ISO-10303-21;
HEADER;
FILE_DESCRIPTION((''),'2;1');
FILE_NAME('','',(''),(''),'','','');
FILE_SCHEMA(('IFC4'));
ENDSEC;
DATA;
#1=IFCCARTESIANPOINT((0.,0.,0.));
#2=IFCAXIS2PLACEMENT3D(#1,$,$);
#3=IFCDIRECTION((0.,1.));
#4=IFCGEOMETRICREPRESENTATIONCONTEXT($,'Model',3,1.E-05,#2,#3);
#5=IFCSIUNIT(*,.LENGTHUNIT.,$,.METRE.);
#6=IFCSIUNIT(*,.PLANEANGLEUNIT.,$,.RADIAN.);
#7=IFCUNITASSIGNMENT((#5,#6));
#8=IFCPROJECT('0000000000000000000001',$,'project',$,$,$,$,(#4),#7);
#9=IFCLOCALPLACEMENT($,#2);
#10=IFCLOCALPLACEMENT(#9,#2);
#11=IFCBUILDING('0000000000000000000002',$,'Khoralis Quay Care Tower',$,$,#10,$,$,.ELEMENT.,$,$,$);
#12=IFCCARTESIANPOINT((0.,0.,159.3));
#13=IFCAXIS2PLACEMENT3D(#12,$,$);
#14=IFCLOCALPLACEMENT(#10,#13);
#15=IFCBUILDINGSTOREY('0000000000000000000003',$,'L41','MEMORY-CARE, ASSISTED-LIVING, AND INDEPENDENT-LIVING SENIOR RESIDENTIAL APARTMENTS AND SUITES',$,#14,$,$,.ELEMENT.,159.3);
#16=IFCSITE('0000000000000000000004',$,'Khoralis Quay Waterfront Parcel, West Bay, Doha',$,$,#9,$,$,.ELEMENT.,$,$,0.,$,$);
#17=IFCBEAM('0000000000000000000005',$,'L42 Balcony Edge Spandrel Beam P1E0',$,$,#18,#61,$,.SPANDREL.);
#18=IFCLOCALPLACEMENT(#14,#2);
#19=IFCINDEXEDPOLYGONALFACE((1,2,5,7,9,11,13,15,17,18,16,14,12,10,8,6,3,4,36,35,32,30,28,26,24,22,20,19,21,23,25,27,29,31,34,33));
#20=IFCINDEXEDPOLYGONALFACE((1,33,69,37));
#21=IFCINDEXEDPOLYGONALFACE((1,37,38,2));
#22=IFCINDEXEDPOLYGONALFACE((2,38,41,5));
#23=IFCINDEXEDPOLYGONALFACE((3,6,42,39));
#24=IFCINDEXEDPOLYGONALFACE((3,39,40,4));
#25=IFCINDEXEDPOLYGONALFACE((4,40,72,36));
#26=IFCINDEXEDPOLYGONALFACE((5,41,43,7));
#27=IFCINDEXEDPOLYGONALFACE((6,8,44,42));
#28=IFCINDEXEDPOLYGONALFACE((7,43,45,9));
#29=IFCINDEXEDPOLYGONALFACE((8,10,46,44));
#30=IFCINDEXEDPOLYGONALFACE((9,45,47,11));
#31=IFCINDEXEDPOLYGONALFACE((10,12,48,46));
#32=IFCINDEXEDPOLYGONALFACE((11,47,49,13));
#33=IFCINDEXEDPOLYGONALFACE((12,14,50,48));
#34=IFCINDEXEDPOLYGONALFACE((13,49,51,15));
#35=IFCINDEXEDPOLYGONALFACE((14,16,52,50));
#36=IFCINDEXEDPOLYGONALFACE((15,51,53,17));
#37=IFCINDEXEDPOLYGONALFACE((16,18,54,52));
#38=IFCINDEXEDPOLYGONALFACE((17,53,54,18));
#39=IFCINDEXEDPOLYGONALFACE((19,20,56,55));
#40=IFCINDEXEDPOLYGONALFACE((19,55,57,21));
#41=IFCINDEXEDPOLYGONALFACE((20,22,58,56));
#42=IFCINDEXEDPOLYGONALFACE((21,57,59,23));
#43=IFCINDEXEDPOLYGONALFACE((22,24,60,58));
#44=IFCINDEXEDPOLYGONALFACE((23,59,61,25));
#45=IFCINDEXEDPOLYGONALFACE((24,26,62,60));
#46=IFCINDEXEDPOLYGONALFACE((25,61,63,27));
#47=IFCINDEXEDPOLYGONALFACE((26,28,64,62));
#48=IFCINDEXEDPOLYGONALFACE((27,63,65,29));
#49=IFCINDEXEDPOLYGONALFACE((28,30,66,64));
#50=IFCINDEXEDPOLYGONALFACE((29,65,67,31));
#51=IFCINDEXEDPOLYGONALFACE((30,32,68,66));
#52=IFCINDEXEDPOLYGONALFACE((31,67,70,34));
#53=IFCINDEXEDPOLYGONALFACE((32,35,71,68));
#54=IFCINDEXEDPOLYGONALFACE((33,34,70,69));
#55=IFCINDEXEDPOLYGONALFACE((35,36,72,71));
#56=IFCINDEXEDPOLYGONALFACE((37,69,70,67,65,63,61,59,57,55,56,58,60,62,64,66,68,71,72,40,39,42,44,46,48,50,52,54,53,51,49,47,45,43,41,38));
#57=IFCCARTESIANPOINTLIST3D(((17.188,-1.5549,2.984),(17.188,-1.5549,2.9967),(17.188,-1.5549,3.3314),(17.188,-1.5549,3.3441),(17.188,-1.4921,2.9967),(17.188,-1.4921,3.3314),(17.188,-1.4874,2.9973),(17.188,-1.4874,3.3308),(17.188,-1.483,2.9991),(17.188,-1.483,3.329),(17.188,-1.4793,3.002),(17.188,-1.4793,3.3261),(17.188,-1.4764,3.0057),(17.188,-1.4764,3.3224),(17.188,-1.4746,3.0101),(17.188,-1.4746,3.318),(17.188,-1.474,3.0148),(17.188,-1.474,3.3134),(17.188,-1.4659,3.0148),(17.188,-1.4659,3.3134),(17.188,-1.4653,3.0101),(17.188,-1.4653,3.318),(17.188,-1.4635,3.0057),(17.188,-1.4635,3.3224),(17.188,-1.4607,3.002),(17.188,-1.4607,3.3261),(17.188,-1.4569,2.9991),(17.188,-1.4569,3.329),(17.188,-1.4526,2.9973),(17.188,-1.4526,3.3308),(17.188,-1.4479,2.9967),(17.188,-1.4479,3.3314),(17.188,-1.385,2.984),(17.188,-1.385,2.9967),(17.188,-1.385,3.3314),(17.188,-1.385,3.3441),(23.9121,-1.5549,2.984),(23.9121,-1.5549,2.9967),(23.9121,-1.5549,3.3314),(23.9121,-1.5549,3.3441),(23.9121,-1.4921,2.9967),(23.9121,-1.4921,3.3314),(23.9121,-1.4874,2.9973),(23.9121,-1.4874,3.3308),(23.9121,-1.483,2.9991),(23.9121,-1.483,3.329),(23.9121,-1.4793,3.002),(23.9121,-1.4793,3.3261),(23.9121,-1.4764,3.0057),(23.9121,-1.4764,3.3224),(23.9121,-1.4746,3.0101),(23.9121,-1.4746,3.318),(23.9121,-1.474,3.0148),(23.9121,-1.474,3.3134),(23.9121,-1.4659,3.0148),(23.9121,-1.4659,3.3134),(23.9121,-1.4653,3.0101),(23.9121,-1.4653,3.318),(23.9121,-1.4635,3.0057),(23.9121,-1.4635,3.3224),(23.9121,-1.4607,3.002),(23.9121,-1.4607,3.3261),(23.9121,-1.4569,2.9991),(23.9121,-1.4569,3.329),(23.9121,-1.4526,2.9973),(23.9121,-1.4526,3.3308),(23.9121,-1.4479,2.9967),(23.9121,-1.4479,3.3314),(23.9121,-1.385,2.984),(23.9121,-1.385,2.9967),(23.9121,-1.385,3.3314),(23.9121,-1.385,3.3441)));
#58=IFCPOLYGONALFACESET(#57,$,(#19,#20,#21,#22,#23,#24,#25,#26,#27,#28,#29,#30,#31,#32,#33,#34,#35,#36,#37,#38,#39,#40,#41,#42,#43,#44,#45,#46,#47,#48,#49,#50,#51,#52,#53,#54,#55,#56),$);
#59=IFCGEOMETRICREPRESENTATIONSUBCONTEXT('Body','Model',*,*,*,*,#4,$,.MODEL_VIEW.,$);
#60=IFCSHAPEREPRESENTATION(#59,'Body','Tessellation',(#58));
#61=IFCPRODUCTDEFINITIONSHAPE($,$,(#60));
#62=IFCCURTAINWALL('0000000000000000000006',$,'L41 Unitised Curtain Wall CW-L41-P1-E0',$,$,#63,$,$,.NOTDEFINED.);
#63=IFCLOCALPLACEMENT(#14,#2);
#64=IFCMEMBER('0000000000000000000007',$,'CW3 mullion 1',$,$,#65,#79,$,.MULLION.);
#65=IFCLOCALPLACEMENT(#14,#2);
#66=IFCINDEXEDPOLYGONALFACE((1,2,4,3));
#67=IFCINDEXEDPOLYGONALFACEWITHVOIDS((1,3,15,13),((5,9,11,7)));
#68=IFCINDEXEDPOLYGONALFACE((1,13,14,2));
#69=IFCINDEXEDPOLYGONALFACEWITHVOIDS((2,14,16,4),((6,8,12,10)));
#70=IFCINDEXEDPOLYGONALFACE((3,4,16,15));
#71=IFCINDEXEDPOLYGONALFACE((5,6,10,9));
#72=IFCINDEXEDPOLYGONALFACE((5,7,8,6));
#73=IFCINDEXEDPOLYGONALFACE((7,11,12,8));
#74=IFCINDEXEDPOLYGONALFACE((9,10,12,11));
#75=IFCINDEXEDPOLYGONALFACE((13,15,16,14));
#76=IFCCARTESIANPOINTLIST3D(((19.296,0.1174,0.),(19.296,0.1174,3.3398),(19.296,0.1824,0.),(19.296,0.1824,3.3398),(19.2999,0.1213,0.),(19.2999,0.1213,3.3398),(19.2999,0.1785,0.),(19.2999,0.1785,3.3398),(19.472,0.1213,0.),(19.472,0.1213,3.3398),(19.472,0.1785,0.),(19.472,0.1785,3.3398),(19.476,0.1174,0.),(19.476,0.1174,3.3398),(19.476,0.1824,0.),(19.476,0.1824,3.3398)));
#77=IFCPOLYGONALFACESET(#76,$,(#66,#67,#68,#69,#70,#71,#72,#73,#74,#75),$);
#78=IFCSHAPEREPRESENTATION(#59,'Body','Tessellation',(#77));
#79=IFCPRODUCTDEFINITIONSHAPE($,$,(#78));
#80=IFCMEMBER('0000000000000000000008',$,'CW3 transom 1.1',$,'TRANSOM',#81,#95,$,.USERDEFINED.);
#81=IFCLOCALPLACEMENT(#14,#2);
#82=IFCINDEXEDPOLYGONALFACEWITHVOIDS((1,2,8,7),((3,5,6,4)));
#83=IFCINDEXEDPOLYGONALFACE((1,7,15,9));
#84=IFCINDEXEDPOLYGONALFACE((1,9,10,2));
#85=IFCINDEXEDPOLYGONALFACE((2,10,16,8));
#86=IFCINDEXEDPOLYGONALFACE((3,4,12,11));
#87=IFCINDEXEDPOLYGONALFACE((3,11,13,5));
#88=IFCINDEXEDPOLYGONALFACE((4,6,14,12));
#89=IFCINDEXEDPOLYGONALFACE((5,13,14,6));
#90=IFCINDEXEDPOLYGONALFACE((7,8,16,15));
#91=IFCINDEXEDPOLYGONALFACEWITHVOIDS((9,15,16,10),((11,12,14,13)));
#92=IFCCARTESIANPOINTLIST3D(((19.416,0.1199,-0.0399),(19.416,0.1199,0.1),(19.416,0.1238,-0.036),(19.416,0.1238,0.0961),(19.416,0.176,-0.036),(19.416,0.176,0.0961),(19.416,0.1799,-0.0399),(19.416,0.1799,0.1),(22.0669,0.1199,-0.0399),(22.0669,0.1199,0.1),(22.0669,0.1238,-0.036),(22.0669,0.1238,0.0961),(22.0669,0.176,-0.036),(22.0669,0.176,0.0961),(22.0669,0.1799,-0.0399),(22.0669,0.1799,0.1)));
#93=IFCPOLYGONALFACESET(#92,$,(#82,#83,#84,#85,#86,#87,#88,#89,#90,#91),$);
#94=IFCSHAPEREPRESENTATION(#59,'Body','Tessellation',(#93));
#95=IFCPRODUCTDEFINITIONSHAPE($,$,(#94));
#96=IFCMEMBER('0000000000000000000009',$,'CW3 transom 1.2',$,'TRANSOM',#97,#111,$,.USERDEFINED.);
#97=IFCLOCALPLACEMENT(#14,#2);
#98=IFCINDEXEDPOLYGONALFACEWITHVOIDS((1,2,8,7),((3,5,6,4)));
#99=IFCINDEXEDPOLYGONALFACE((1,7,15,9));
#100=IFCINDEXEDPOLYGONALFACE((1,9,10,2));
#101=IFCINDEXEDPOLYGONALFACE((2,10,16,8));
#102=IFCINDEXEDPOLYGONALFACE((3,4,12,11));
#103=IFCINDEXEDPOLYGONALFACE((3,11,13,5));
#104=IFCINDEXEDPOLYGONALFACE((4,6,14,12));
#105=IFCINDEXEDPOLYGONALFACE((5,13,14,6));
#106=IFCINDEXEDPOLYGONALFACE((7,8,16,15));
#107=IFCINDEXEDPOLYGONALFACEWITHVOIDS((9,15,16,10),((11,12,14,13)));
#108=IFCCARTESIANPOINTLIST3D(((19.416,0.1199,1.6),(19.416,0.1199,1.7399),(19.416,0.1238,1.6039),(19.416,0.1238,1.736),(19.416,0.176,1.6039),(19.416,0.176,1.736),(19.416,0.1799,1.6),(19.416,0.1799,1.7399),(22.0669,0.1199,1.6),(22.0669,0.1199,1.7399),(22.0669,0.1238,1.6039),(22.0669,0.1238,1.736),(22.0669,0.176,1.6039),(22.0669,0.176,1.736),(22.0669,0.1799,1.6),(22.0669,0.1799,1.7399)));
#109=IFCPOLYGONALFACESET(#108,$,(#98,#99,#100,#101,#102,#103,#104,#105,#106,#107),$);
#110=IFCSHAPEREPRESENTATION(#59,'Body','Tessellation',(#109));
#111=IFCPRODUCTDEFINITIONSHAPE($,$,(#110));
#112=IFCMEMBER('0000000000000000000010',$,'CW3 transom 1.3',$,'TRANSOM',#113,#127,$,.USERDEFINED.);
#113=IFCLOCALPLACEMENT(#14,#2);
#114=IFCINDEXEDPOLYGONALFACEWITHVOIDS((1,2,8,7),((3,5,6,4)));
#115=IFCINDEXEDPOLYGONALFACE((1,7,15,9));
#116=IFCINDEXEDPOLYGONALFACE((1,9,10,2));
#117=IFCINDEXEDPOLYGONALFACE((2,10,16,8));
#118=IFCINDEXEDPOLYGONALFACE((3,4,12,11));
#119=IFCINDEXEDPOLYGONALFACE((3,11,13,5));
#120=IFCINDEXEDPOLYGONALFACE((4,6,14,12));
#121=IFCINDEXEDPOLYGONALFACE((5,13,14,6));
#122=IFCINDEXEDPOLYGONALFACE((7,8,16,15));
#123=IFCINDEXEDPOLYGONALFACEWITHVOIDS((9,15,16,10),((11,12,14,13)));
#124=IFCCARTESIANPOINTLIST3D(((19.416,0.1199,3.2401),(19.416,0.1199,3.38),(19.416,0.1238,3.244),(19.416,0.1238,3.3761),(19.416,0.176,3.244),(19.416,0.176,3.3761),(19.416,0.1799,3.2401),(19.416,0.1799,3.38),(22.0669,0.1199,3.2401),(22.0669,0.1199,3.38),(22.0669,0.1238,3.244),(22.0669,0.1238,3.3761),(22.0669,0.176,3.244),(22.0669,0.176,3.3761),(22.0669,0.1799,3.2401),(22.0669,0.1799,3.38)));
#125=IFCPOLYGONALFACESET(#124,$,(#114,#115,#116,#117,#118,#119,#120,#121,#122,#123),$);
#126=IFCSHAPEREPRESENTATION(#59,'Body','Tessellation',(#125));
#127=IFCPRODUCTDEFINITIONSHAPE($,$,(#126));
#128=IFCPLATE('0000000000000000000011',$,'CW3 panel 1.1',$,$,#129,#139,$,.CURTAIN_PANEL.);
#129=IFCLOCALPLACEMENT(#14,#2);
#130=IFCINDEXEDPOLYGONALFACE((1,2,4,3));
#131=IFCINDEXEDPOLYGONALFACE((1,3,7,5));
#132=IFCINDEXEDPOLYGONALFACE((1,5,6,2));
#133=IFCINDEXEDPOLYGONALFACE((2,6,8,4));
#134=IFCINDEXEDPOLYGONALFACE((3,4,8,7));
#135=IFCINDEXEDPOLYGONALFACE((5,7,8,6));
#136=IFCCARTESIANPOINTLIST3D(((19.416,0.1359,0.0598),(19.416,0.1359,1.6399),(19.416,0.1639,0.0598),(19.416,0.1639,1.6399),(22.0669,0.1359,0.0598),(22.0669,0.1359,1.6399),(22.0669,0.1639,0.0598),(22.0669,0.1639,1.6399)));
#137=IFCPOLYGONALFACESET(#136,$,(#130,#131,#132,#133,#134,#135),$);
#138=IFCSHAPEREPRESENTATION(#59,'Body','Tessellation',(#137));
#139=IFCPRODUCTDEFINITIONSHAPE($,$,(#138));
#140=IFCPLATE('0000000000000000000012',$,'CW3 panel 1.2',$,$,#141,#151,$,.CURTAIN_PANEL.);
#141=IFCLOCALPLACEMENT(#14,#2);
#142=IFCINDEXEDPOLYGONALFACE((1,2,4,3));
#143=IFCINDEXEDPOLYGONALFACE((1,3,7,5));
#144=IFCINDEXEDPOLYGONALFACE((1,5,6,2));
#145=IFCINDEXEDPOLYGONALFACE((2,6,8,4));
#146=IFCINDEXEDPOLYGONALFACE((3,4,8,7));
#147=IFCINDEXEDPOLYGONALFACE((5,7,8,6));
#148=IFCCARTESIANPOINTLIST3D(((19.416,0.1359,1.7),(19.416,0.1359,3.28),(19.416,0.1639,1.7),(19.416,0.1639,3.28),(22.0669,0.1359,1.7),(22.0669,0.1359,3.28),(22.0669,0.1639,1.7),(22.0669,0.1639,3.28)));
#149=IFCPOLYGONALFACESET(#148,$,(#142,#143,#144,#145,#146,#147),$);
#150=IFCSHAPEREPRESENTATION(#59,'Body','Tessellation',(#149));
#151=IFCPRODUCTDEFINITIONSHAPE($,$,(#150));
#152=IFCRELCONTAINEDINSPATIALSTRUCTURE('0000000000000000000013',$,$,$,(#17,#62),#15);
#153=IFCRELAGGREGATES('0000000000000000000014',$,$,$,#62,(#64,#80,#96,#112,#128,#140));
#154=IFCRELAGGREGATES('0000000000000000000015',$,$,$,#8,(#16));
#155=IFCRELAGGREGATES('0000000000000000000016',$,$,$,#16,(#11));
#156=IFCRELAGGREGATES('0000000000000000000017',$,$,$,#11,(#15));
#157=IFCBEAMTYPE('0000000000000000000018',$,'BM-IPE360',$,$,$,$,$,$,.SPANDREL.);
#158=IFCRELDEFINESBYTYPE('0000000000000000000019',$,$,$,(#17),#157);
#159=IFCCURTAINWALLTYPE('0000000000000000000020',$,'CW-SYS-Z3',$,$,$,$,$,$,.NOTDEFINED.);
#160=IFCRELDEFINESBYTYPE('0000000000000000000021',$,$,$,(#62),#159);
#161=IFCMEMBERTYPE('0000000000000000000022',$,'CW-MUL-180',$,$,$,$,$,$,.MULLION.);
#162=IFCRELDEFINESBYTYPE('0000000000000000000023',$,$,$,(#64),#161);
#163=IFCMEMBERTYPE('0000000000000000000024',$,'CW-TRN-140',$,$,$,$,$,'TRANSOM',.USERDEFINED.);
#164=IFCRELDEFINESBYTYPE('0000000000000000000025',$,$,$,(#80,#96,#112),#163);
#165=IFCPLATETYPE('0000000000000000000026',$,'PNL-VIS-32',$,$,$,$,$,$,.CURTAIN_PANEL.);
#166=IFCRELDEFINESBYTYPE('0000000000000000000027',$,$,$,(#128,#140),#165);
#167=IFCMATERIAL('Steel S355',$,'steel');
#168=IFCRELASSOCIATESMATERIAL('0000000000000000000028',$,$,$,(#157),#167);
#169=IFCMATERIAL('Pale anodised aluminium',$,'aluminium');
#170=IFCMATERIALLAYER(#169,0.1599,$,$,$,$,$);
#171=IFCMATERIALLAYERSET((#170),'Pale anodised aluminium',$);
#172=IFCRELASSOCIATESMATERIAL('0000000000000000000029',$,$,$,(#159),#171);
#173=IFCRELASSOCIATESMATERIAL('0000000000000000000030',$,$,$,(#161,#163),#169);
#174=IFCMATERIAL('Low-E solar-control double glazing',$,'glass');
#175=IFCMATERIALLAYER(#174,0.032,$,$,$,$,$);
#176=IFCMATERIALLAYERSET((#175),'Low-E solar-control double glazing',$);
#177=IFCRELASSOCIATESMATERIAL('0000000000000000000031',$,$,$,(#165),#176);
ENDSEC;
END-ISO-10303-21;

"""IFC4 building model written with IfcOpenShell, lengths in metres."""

from ifc_helpers import new_model, si_unit, direction, frame, origin, origin_2d, place, context, subcontext, project, spatial, rectangle, hollow_rectangle, i_section, extrude, source, transform, mapped, material, layer, layer_set, material_profile, profile_set, type_object, element, aggregate, save


model = new_model("IFC4")

# Units and contexts
model_context = context("Model", 3, precision=1e-05, world=origin(), true_north=direction((0.0, 1.0)))
body_context = subcontext(model_context, "Body", "Model", "MODEL_VIEW")
ifc_project = project(units=[si_unit("LENGTHUNIT", "METRE"), si_unit("PLANEANGLEUNIT", "RADIAN")], contexts=[model_context])

# Site, building, storey
site_placement = place(None, origin())
site = spatial("IfcSite", under=ifc_project, at=site_placement, Name="Khoralis Quay Waterfront Parcel, West Bay, Doha", CompositionType="ELEMENT", RefElevation=0.0)
building_placement = place(site_placement, origin())
building = spatial("IfcBuilding", under=site, at=building_placement, Name="Khoralis Quay Care Tower", CompositionType="ELEMENT")
storey_placement = place(building_placement, frame((0.0, 0.0, 159.3)))
storey = spatial("IfcBuildingStorey", under=building, at=storey_placement, Name="L41", Description="MEMORY-CARE, ASSISTED-LIVING, AND INDEPENDENT-LIVING SENIOR RESIDENTIAL APARTMENTS AND SUITES", CompositionType="ELEMENT", Elevation=159.3)

# Beam
ifc_material_1 = material(Name="Steel S355", Category="steel")
ifc_material_profile_1 = material_profile(ifc_material_1, i_section(OverallWidth=0.1699, OverallDepth=0.3601, WebThickness=0.0081, FlangeThickness=0.0127, FilletRadius=0.0181, at=origin_2d()), Name="Steel S355")
ifc_profile_set_1 = profile_set([ifc_material_profile_1], Name="Steel S355")
beam_type_1 = type_object("IfcBeamType", Name="BM-IPE360", PredefinedType="SPANDREL", material=ifc_profile_set_1)
shared_shape_1 = source(origin(), body_context, "Body", "SweptSolid", [
    extrude(i_section(OverallWidth=0.1699, OverallDepth=0.3601, WebThickness=0.0081, FlangeThickness=0.0127, FilletRadius=0.0181, at=origin_2d()), origin(), (0.0, 0.0, 1.0), 6.7241),
])
beam_1_placement = place(storey_placement, frame((17.188, -1.47, 3.1641), z_axis=(1.0, 0.0, 0.0), x_axis=(0.0, 1.0, 0.0)))
element("IfcBeam", 1, at=beam_1_placement, inside=storey, type_object=beam_type_1, Name="L42 Balcony Edge Spandrel Beam P1E0", PredefinedType="SPANDREL", context=body_context, shape_type="MappedRepresentation", body=[
    mapped(shared_shape_1, transform((0.0, 0.0, 0.0), scale=1.0)),
])

# Curtain wall, members, plates
ifc_material_2 = material(Name="Pale anodised aluminium", Category="aluminium")
ifc_layer_1 = layer(ifc_material_2, 0.1599)
ifc_layer_set_1 = layer_set([ifc_layer_1], Name="Pale anodised aluminium")
curtain_wall_type = type_object("IfcCurtainWallType", Name="CW-SYS-Z3", PredefinedType="NOTDEFINED", material=ifc_layer_set_1)
curtain_wall_placement = place(storey_placement, origin())
curtain_wall = element("IfcCurtainWall", 2, at=curtain_wall_placement, inside=storey, type_object=curtain_wall_type, Name="L41 Unitised Curtain Wall CW-L41-P1-E0", PredefinedType="NOTDEFINED")
ifc_material_profile_2 = material_profile(ifc_material_2, hollow_rectangle(XDim=0.0649, YDim=0.1799, WallThickness=0.0039, at=origin_2d()), Name="Pale anodised aluminium")
ifc_profile_set_2 = profile_set([ifc_material_profile_2], Name="Pale anodised aluminium")
member_type_1 = type_object("IfcMemberType", Name="CW-MUL-180", PredefinedType="MULLION", material=ifc_profile_set_2)
shared_shape_2 = source(origin(), body_context, "Body", "SweptSolid", [
    extrude(hollow_rectangle(XDim=0.0649, YDim=0.1799, WallThickness=0.0039, at=origin_2d()), origin(), (0.0, 0.0, 1.0), 3.3398),
])
member_1_placement = place(storey_placement, frame((19.386, 0.1499, 0.0), z_axis=(0.0, 0.0, 1.0), x_axis=(0.0, 1.0, 0.0)))
member_1 = element("IfcMember", 3, at=member_1_placement, type_object=member_type_1, Name="CW3 mullion 1", PredefinedType="MULLION", context=body_context, shape_type="MappedRepresentation", body=[
    mapped(shared_shape_2, transform((0.0, 0.0, 0.0), scale=1.0)),
])
ifc_material_profile_3 = material_profile(ifc_material_2, hollow_rectangle(XDim=0.0601, YDim=0.1399, WallThickness=0.0039, at=origin_2d()), Name="Pale anodised aluminium")
ifc_profile_set_3 = profile_set([ifc_material_profile_3], Name="Pale anodised aluminium")
member_type_2 = type_object("IfcMemberType", Name="CW-TRN-140", ElementType="TRANSOM", PredefinedType="USERDEFINED", material=ifc_profile_set_3)
shared_shape_3 = source(origin(), body_context, "Body", "SweptSolid", [
    extrude(hollow_rectangle(XDim=0.0601, YDim=0.1399, WallThickness=0.0039, at=origin_2d()), origin(), (0.0, 0.0, 1.0), 2.6509),
])
member_2_placement = place(storey_placement, frame((19.416, 0.1499, 0.03), z_axis=(1.0, 0.0, 0.0), x_axis=(0.0, 1.0, 0.0)))
member_2 = element("IfcMember", 4, at=member_2_placement, type_object=member_type_2, Name="CW3 transom 1.1", ObjectType="TRANSOM", PredefinedType="USERDEFINED", context=body_context, shape_type="MappedRepresentation", body=[
    mapped(shared_shape_3, transform((0.0, 0.0, 0.0), scale=1.0)),
])
member_3_placement = place(storey_placement, frame((19.416, 0.1499, 1.6699), z_axis=(1.0, 0.0, 0.0), x_axis=(0.0, 1.0, 0.0)))
member_3 = element("IfcMember", 5, at=member_3_placement, type_object=member_type_2, Name="CW3 transom 1.2", ObjectType="TRANSOM", PredefinedType="USERDEFINED", context=body_context, shape_type="MappedRepresentation", body=[
    mapped(shared_shape_3, transform((0.0, 0.0, 0.0), scale=1.0)),
])
member_4_placement = place(storey_placement, frame((19.416, 0.1499, 3.3101), z_axis=(1.0, 0.0, 0.0), x_axis=(0.0, 1.0, 0.0)))
member_4 = element("IfcMember", 6, at=member_4_placement, type_object=member_type_2, Name="CW3 transom 1.3", ObjectType="TRANSOM", PredefinedType="USERDEFINED", context=body_context, shape_type="MappedRepresentation", body=[
    mapped(shared_shape_3, transform((0.0, 0.0, 0.0), scale=1.0)),
])
ifc_material_3 = material(Name="Low-E solar-control double glazing", Category="glass")
ifc_layer_2 = layer(ifc_material_3, 0.032)
ifc_layer_set_2 = layer_set([ifc_layer_2], Name="Low-E solar-control double glazing")
plate_type = type_object("IfcPlateType", Name="PNL-VIS-32", PredefinedType="CURTAIN_PANEL", material=ifc_layer_set_2)
shared_shape_4 = source(origin(), body_context, "Body", "SweptSolid", [
    extrude(rectangle(XDim=2.6509, YDim=0.0281, at=origin_2d()), origin(), (0.0, 0.0, 1.0), 1.5801),
])
plate_1_placement = place(storey_placement, frame((20.7415, 0.1499, 0.0598), z_axis=(0.0, 0.0, 1.0), x_axis=(1.0, 0.0, 0.0)))
plate_1 = element("IfcPlate", 7, at=plate_1_placement, type_object=plate_type, Name="CW3 panel 1.1", PredefinedType="CURTAIN_PANEL", context=body_context, shape_type="MappedRepresentation", body=[
    mapped(shared_shape_4, transform((0.0, 0.0, 0.0), scale=1.0)),
])
plate_2_placement = place(storey_placement, frame((20.7415, 0.1499, 1.7), z_axis=(0.0, 0.0, 1.0), x_axis=(1.0, 0.0, 0.0)))
plate_2 = element("IfcPlate", 8, at=plate_2_placement, type_object=plate_type, Name="CW3 panel 1.2", PredefinedType="CURTAIN_PANEL", context=body_context, shape_type="MappedRepresentation", body=[
    mapped(shared_shape_4, transform((0.0, 0.0, 0.0), scale=1.0)),
])
aggregate(curtain_wall, [member_1, member_2, member_3, member_4, plate_1, plate_2])

save(model, "model.ifc")
